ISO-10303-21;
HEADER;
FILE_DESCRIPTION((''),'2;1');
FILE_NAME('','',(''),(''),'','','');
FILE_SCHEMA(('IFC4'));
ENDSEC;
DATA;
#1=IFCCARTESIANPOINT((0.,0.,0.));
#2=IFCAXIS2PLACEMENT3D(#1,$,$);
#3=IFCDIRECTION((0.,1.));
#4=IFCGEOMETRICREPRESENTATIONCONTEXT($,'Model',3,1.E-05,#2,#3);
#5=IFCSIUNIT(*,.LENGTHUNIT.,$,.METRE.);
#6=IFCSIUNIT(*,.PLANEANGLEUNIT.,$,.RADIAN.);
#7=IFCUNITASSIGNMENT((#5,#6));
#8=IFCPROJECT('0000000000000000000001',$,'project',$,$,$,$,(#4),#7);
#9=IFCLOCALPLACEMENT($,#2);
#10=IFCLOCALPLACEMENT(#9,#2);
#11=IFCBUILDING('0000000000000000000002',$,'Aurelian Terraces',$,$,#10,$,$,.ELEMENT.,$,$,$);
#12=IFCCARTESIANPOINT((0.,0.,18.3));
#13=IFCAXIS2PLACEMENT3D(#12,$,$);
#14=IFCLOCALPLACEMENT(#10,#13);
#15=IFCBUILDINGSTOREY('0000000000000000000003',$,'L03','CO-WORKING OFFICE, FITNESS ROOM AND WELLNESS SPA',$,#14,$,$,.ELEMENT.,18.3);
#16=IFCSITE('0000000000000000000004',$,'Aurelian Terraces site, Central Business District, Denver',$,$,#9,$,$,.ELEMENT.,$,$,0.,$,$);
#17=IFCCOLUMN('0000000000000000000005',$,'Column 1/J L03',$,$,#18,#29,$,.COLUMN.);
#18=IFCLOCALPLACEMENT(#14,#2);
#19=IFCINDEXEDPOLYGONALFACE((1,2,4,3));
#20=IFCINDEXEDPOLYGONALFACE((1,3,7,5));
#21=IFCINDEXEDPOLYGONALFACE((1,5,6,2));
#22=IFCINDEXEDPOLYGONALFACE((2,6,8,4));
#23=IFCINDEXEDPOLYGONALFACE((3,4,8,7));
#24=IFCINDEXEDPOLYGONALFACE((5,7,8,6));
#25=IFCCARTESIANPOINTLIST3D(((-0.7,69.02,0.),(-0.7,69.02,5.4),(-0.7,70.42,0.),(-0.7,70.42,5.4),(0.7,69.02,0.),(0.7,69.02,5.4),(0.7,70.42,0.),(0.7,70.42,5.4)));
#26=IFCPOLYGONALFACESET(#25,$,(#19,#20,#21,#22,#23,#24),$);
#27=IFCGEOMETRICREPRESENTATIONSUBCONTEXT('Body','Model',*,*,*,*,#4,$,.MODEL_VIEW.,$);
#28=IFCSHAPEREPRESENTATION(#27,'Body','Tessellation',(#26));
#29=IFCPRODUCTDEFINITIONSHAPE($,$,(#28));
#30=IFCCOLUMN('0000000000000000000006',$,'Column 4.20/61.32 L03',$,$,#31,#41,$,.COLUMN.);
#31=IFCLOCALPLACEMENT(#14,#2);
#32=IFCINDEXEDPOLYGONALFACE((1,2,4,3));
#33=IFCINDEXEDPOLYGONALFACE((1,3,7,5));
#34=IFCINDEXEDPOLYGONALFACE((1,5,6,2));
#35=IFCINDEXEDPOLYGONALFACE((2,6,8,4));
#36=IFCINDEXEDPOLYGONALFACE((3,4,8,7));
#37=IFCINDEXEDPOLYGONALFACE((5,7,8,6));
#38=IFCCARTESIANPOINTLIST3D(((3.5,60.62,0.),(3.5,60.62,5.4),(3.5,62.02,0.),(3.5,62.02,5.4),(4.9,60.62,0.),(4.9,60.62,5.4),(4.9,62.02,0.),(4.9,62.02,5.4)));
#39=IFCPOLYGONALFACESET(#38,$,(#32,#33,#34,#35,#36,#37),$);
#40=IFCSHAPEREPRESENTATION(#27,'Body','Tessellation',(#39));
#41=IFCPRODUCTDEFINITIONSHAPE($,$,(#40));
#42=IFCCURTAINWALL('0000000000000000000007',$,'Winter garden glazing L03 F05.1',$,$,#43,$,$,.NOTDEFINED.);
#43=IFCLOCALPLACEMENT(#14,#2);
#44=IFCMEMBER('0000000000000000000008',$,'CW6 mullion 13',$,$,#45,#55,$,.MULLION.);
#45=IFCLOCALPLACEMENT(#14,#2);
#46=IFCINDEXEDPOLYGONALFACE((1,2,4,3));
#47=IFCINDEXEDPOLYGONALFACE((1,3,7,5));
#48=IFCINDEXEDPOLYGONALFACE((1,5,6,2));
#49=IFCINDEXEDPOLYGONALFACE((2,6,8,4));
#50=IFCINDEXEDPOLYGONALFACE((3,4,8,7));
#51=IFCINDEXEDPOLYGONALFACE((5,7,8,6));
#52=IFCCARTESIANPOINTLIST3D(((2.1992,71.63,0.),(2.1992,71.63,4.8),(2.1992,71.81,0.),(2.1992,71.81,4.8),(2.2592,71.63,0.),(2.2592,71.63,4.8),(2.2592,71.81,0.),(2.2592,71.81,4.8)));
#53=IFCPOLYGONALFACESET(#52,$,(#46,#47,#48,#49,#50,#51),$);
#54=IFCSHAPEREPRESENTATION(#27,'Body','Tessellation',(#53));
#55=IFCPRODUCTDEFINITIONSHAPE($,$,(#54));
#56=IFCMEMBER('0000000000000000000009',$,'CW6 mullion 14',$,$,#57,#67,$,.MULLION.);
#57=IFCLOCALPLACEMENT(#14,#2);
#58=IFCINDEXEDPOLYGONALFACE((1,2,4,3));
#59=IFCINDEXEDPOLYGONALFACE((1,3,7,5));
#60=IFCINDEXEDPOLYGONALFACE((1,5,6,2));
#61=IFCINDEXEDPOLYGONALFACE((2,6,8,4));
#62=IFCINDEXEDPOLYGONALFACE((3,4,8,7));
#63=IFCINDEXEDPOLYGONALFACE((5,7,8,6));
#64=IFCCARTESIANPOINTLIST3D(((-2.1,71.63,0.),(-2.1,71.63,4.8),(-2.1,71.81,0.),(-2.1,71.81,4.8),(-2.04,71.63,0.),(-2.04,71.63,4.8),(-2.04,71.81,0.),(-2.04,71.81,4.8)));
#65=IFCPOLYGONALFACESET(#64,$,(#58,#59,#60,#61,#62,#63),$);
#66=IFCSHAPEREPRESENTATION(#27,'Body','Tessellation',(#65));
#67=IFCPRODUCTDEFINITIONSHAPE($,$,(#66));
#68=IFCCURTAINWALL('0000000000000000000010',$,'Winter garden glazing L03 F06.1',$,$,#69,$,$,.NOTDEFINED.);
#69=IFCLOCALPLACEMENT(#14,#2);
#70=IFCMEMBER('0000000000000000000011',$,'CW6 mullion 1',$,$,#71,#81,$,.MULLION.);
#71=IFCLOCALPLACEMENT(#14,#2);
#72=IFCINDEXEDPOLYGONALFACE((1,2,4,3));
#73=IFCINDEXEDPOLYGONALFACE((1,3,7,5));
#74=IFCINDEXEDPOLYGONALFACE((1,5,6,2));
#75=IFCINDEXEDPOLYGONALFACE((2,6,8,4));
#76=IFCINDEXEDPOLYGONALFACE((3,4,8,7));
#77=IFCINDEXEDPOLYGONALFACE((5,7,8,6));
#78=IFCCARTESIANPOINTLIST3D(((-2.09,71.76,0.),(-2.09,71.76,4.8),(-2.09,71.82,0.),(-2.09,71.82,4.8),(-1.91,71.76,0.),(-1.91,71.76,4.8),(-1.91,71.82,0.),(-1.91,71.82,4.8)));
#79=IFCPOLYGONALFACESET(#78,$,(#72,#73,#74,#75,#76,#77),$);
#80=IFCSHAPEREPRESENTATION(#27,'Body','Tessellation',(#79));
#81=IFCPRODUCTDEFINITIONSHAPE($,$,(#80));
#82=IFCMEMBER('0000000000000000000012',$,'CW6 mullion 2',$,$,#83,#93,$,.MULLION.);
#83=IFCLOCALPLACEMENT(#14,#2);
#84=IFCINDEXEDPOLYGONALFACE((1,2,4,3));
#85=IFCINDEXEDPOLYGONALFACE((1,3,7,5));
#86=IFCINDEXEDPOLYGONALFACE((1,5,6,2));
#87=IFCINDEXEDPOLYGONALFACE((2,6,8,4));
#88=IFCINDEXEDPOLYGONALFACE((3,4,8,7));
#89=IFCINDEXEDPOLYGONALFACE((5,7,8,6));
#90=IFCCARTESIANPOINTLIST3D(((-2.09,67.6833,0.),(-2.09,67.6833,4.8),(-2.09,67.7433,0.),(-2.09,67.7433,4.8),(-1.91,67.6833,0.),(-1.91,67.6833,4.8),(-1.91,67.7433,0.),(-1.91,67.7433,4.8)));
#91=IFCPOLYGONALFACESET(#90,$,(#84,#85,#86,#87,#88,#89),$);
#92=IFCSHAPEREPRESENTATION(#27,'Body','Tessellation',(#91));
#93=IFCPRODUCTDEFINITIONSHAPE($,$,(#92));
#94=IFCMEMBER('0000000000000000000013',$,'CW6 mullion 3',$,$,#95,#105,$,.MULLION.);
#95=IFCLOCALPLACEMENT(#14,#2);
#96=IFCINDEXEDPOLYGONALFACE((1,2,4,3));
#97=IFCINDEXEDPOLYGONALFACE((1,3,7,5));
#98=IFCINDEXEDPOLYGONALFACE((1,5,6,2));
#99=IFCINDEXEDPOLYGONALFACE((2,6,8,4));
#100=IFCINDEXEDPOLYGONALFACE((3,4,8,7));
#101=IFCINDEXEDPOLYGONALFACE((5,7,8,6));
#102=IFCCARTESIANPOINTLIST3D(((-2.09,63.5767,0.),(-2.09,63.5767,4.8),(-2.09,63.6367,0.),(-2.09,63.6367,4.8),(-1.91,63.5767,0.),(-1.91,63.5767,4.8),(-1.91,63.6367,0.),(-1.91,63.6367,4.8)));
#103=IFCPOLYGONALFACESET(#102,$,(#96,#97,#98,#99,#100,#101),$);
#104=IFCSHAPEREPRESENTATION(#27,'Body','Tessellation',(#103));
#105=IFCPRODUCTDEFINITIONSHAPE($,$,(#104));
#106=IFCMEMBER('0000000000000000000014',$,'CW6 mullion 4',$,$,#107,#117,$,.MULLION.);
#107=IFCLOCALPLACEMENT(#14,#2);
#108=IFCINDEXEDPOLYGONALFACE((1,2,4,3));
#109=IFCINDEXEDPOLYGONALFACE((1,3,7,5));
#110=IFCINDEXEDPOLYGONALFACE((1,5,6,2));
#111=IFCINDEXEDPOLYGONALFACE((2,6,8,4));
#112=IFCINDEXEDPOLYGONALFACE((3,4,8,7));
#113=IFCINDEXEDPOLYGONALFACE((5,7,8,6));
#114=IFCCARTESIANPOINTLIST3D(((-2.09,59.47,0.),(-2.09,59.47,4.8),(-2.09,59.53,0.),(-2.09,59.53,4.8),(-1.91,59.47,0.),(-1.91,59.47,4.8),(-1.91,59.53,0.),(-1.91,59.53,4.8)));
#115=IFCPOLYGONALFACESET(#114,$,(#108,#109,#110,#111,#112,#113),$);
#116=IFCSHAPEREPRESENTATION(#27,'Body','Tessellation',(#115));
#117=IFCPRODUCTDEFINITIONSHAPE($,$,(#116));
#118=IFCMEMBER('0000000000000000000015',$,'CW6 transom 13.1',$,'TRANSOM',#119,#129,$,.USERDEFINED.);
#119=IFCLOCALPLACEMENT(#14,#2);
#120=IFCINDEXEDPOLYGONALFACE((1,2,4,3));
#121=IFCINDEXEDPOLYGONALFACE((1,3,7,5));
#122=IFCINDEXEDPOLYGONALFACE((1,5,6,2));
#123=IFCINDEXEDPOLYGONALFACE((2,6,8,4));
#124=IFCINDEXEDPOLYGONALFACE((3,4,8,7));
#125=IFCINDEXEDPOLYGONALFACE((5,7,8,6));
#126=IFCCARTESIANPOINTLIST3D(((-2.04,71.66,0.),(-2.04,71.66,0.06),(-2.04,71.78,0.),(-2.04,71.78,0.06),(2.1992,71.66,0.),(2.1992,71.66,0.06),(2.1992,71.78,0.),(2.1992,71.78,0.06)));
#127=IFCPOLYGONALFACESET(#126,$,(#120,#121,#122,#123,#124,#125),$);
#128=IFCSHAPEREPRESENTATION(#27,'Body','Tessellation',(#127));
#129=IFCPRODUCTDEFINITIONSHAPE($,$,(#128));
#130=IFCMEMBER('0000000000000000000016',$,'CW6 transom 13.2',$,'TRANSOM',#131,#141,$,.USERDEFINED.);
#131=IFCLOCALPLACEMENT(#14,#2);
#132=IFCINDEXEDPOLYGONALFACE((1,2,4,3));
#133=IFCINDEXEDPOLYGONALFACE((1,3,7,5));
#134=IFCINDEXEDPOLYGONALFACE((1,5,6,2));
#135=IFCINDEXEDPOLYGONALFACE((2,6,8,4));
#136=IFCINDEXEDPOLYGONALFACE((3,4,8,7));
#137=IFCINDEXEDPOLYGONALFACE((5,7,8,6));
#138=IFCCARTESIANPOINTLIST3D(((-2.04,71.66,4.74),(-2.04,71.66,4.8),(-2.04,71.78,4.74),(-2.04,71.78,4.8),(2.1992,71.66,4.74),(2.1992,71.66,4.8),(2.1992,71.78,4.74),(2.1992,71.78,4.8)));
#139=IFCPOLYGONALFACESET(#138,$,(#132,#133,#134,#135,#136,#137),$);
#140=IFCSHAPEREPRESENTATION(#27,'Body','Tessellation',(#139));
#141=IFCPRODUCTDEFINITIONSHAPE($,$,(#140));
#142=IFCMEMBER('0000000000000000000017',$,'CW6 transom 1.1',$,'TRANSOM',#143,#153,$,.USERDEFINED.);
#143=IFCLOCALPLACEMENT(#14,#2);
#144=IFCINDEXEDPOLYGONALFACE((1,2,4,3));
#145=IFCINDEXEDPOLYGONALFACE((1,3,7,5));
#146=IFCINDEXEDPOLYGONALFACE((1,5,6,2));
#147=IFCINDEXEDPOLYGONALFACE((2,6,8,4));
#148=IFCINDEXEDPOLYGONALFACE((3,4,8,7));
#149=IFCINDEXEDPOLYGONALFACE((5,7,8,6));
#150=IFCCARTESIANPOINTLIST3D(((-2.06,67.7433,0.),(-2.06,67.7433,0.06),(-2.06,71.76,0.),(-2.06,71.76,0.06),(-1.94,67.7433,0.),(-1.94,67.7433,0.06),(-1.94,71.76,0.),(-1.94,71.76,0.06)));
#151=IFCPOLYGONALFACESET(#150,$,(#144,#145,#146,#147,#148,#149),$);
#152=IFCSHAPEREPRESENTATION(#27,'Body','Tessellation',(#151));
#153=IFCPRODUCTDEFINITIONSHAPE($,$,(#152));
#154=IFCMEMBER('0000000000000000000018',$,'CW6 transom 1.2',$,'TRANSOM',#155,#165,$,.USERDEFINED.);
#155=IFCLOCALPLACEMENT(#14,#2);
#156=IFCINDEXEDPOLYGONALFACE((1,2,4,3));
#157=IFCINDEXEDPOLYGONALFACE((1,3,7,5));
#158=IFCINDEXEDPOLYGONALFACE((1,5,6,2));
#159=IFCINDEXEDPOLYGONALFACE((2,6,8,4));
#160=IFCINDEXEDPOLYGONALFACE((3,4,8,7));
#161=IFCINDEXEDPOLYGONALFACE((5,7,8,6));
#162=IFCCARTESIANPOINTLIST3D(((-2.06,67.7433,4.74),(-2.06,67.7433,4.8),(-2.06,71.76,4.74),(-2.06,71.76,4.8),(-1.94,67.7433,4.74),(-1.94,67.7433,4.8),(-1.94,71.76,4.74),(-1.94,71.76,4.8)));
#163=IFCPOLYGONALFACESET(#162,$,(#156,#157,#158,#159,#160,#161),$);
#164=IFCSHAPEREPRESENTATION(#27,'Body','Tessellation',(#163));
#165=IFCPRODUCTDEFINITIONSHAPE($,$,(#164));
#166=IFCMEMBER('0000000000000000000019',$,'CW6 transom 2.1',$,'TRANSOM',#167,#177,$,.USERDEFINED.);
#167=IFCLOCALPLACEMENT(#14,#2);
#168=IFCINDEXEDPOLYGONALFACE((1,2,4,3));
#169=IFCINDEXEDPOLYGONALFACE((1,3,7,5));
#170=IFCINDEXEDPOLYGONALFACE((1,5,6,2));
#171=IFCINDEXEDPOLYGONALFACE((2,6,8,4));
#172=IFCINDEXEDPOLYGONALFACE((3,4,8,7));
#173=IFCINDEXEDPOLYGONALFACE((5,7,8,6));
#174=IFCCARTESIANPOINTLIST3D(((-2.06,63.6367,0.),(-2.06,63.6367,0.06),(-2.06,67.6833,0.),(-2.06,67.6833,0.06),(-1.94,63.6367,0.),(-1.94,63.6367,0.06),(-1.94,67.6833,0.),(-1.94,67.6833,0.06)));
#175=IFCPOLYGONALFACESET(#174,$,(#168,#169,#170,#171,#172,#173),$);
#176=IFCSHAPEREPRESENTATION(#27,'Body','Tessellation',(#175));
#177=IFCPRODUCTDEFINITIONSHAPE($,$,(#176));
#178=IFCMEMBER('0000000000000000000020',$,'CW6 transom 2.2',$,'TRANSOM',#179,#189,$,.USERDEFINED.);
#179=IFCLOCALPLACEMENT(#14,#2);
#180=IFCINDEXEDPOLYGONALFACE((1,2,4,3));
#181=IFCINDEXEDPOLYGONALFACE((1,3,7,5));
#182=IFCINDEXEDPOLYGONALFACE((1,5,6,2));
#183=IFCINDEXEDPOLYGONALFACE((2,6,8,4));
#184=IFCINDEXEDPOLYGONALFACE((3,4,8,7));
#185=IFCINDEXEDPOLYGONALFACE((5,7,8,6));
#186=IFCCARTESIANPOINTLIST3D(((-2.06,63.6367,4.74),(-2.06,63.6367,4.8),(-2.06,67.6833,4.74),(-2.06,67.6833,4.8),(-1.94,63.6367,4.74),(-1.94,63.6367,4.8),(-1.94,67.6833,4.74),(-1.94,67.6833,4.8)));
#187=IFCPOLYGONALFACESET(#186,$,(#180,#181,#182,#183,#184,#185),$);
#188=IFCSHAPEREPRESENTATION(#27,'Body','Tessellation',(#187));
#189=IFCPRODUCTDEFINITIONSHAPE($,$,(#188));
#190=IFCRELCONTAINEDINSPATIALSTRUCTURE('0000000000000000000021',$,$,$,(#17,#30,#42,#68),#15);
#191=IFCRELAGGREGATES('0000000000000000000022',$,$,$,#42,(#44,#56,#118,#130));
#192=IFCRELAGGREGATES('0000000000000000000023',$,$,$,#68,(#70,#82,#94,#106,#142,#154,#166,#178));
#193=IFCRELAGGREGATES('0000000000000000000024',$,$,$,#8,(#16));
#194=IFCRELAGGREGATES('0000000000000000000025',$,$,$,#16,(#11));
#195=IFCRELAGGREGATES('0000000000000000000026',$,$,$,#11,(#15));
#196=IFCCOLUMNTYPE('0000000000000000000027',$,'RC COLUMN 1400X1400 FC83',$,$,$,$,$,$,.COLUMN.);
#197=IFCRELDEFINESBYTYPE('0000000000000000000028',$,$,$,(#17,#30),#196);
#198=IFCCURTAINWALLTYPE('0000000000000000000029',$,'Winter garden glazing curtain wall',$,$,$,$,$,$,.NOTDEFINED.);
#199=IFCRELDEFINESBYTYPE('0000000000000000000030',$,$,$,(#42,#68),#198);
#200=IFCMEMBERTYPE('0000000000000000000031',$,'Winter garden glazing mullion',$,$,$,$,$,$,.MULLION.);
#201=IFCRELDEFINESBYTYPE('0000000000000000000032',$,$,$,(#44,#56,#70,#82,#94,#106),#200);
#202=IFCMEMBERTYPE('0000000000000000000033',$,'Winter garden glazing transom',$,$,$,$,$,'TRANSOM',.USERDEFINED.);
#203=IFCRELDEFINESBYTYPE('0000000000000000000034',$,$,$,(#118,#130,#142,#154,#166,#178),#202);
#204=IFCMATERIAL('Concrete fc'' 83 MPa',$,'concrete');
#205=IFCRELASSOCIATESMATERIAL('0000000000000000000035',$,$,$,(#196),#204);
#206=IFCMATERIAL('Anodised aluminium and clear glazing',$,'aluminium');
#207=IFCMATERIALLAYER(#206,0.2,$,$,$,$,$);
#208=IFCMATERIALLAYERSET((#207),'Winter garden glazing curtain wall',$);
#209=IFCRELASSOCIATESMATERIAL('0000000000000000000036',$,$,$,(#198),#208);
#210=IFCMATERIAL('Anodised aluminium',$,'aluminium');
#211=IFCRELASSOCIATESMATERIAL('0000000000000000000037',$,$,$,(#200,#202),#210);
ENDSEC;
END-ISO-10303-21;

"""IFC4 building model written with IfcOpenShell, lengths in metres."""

from ifc_helpers import new_model, si_unit, direction, frame, origin, origin_2d, place, context, subcontext, project, spatial, rectangle, extrude, source, transform, mapped, material, layer, layer_set, material_profile, profile_set, type_object, element, aggregate, save


model = new_model("IFC4")

# Units and contexts
model_context = context("Model", 3, precision=1e-05, world=origin(), true_north=direction((0.0, 1.0)))
body_context = subcontext(model_context, "Body", "Model", "MODEL_VIEW")
ifc_project = project(units=[si_unit("LENGTHUNIT", "METRE"), si_unit("PLANEANGLEUNIT", "RADIAN")], contexts=[model_context])

# Site, building, storey
site_placement = place(None, origin())
site = spatial("IfcSite", under=ifc_project, at=site_placement, Name="Aurelian Terraces site, Central Business District, Denver", CompositionType="ELEMENT", RefElevation=0.0)
building_placement = place(site_placement, origin())
building = spatial("IfcBuilding", under=site, at=building_placement, Name="Aurelian Terraces", CompositionType="ELEMENT")
storey_placement = place(building_placement, frame((0.0, 0.0, 18.3)))
storey = spatial("IfcBuildingStorey", under=building, at=storey_placement, Name="L03", Description="CO-WORKING OFFICE, FITNESS ROOM AND WELLNESS SPA", CompositionType="ELEMENT", Elevation=18.3)

# Columns
ifc_material_1 = material(Name="Concrete fc' 83 MPa", Category="concrete")
ifc_material_profile_1 = material_profile(ifc_material_1, rectangle(XDim=1.4, YDim=1.4, at=origin_2d()))
ifc_profile_set_1 = profile_set([ifc_material_profile_1], Name="Concrete fc' 83 MPa")
column_type = type_object("IfcColumnType", Name="RC COLUMN 1400X1400 FC83", PredefinedType="COLUMN", material=ifc_profile_set_1)
shared_shape_1 = source(origin(), body_context, "Body", "SweptSolid", [
    extrude(rectangle(XDim=1.4, YDim=1.4, at=origin_2d()), origin(), (0.0, 0.0, 1.0), 5.4),
])
for number, where, z_axis, x_axis, name in (
    (1, (0.0, 69.72, 0.0), (0.0, 0.0, 1.0), (1.0, 0.0, 0.0), "Column 1/J L03"),
    (2, (4.2, 61.32, 0.0), (0.0, 0.0, 1.0), (1.0, 0.0, 0.0), "Column 4.20/61.32 L03"),
):
    element("IfcColumn", number, at=place(storey_placement, frame(where, z_axis=z_axis, x_axis=x_axis)), inside=storey, type_object=column_type, Name=name, PredefinedType="COLUMN", context=body_context, shape_type="MappedRepresentation", body=[
        mapped(shared_shape_1, transform((0.0, 0.0, 0.0), scale=1.0)),
    ])

# Curtain walls, members
ifc_material_2 = material(Name="Anodised aluminium and clear glazing", Category="aluminium")
ifc_layer_1 = layer(ifc_material_2, 0.2)
ifc_layer_set_1 = layer_set([ifc_layer_1], Name="Winter garden glazing curtain wall")
curtain_wall_type = type_object("IfcCurtainWallType", Name="Winter garden glazing curtain wall", PredefinedType="NOTDEFINED", material=ifc_layer_set_1)
curtain_wall_1_placement = place(storey_placement, origin())
curtain_wall_1 = element("IfcCurtainWall", 3, at=curtain_wall_1_placement, inside=storey, type_object=curtain_wall_type, Name="Winter garden glazing L03 F05.1", PredefinedType="NOTDEFINED")
ifc_material_3 = material(Name="Anodised aluminium", Category="aluminium")
ifc_material_profile_2 = material_profile(ifc_material_3, rectangle(XDim=0.18, YDim=0.06, at=origin_2d()))
ifc_profile_set_2 = profile_set([ifc_material_profile_2], Name="Anodised aluminium")
member_type_1 = type_object("IfcMemberType", Name="Winter garden glazing mullion", PredefinedType="MULLION", material=ifc_profile_set_2)
shared_shape_2 = source(origin(), body_context, "Body", "SweptSolid", [
    extrude(rectangle(XDim=0.18, YDim=0.06, at=origin_2d()), origin(), (0.0, 0.0, 1.0), 4.8),
])
member_1_placement = place(storey_placement, frame((2.2292, 71.72, 0.0), z_axis=(0.0, 0.0, 1.0), x_axis=(0.0, -1.0, 0.0)))
member_1 = element("IfcMember", 4, at=member_1_placement, type_object=member_type_1, Name="CW6 mullion 13", PredefinedType="MULLION", context=body_context, shape_type="MappedRepresentation", body=[
    mapped(shared_shape_2, transform((0.0, 0.0, 0.0), scale=1.0)),
])
member_2_placement = place(storey_placement, frame((-2.07, 71.72, 0.0), z_axis=(0.0, 0.0, 1.0), x_axis=(0.0, -1.0, 0.0)))
member_2 = element("IfcMember", 5, at=member_2_placement, type_object=member_type_1, Name="CW6 mullion 14", PredefinedType="MULLION", context=body_context, shape_type="MappedRepresentation", body=[
    mapped(shared_shape_2, transform((0.0, 0.0, 0.0), scale=1.0)),
])
curtain_wall_2_placement = place(storey_placement, origin())
curtain_wall_2 = element("IfcCurtainWall", 6, at=curtain_wall_2_placement, inside=storey, type_object=curtain_wall_type, Name="Winter garden glazing L03 F06.1", PredefinedType="NOTDEFINED")
member_3_placement = place(storey_placement, frame((-2.0, 71.79, 0.0), z_axis=(0.0, 0.0, 1.0), x_axis=(1.0, 0.0, 0.0)))
member_3 = element("IfcMember", 7, at=member_3_placement, type_object=member_type_1, Name="CW6 mullion 1", PredefinedType="MULLION", context=body_context, shape_type="MappedRepresentation", body=[
    mapped(shared_shape_2, transform((0.0, 0.0, 0.0), scale=1.0)),
])
member_4_placement = place(storey_placement, frame((-2.0, 67.7133, 0.0), z_axis=(0.0, 0.0, 1.0), x_axis=(1.0, 0.0, 0.0)))
member_4 = element("IfcMember", 8, at=member_4_placement, type_object=member_type_1, Name="CW6 mullion 2", PredefinedType="MULLION", context=body_context, shape_type="MappedRepresentation", body=[
    mapped(shared_shape_2, transform((0.0, 0.0, 0.0), scale=1.0)),
])
member_5_placement = place(storey_placement, frame((-2.0, 63.6067, 0.0), z_axis=(0.0, 0.0, 1.0), x_axis=(1.0, 0.0, 0.0)))
member_5 = element("IfcMember", 9, at=member_5_placement, type_object=member_type_1, Name="CW6 mullion 3", PredefinedType="MULLION", context=body_context, shape_type="MappedRepresentation", body=[
    mapped(shared_shape_2, transform((0.0, 0.0, 0.0), scale=1.0)),
])
member_6_placement = place(storey_placement, frame((-2.0, 59.5, 0.0), z_axis=(0.0, 0.0, 1.0), x_axis=(1.0, 0.0, 0.0)))
member_6 = element("IfcMember", 10, at=member_6_placement, type_object=member_type_1, Name="CW6 mullion 4", PredefinedType="MULLION", context=body_context, shape_type="MappedRepresentation", body=[
    mapped(shared_shape_2, transform((0.0, 0.0, 0.0), scale=1.0)),
])

# Members
ifc_material_profile_3 = material_profile(ifc_material_3, rectangle(XDim=0.12, YDim=0.06, at=origin_2d()))
ifc_profile_set_3 = profile_set([ifc_material_profile_3], Name="Anodised aluminium")
member_type_2 = type_object("IfcMemberType", Name="Winter garden glazing transom", ElementType="TRANSOM", PredefinedType="USERDEFINED", material=ifc_profile_set_3)
shared_shape_3 = source(origin(), body_context, "Body", "SweptSolid", [
    extrude(rectangle(XDim=0.12, YDim=0.06, at=origin_2d()), origin(), (0.0, 0.0, 1.0), 4.2392),
])
member_7_placement = place(storey_placement, frame((2.1992, 71.72, 0.03), z_axis=(-1.0, 0.0, 0.0), x_axis=(0.0, -1.0, 0.0)))
member_7 = element("IfcMember", 11, at=member_7_placement, type_object=member_type_2, Name="CW6 transom 13.1", ObjectType="TRANSOM", PredefinedType="USERDEFINED", context=body_context, shape_type="MappedRepresentation", body=[
    mapped(shared_shape_3, transform((0.0, 0.0, 0.0), scale=1.0)),
])
member_8_placement = place(storey_placement, frame((2.1992, 71.72, 4.77), z_axis=(-1.0, 0.0, 0.0), x_axis=(0.0, -1.0, 0.0)))
member_8 = element("IfcMember", 12, at=member_8_placement, type_object=member_type_2, Name="CW6 transom 13.2", ObjectType="TRANSOM", PredefinedType="USERDEFINED", context=body_context, shape_type="MappedRepresentation", body=[
    mapped(shared_shape_3, transform((0.0, 0.0, 0.0), scale=1.0)),
])
shared_shape_4 = source(origin(), body_context, "Body", "SweptSolid", [
    extrude(rectangle(XDim=0.12, YDim=0.06, at=origin_2d()), origin(), (0.0, 0.0, 1.0), 4.0167),
])
member_9_placement = place(storey_placement, frame((-2.0, 71.76, 0.03), z_axis=(0.0, -1.0, 0.0), x_axis=(1.0, 0.0, 0.0)))
member_9 = element("IfcMember", 13, at=member_9_placement, type_object=member_type_2, Name="CW6 transom 1.1", ObjectType="TRANSOM", PredefinedType="USERDEFINED", context=body_context, shape_type="MappedRepresentation", body=[
    mapped(shared_shape_4, transform((0.0, 0.0, 0.0), scale=1.0)),
])
member_10_placement = place(storey_placement, frame((-2.0, 71.76, 4.77), z_axis=(0.0, -1.0, 0.0), x_axis=(1.0, 0.0, 0.0)))
member_10 = element("IfcMember", 14, at=member_10_placement, type_object=member_type_2, Name="CW6 transom 1.2", ObjectType="TRANSOM", PredefinedType="USERDEFINED", context=body_context, shape_type="MappedRepresentation", body=[
    mapped(shared_shape_4, transform((0.0, 0.0, 0.0), scale=1.0)),
])
shared_shape_5 = source(origin(), body_context, "Body", "SweptSolid", [
    extrude(rectangle(XDim=0.12, YDim=0.06, at=origin_2d()), origin(), (0.0, 0.0, 1.0), 4.0466),
])
member_11_placement = place(storey_placement, frame((-2.0, 67.6833, 0.03), z_axis=(0.0, -1.0, 0.0), x_axis=(1.0, 0.0, 0.0)))
member_11 = element("IfcMember", 15, at=member_11_placement, type_object=member_type_2, Name="CW6 transom 2.1", ObjectType="TRANSOM", PredefinedType="USERDEFINED", context=body_context, shape_type="MappedRepresentation", body=[
    mapped(shared_shape_5, transform((0.0, 0.0, 0.0), scale=1.0)),
])
member_12_placement = place(storey_placement, frame((-2.0, 67.6833, 4.77), z_axis=(0.0, -1.0, 0.0), x_axis=(1.0, 0.0, 0.0)))
member_12 = element("IfcMember", 16, at=member_12_placement, type_object=member_type_2, Name="CW6 transom 2.2", ObjectType="TRANSOM", PredefinedType="USERDEFINED", context=body_context, shape_type="MappedRepresentation", body=[
    mapped(shared_shape_5, transform((0.0, 0.0, 0.0), scale=1.0)),
])

aggregate(curtain_wall_1, [member_1, member_2, member_7, member_8])
aggregate(curtain_wall_2, [member_3, member_4, member_5, member_6, member_9, member_10, member_11, member_12])

save(model, "model.ifc")
